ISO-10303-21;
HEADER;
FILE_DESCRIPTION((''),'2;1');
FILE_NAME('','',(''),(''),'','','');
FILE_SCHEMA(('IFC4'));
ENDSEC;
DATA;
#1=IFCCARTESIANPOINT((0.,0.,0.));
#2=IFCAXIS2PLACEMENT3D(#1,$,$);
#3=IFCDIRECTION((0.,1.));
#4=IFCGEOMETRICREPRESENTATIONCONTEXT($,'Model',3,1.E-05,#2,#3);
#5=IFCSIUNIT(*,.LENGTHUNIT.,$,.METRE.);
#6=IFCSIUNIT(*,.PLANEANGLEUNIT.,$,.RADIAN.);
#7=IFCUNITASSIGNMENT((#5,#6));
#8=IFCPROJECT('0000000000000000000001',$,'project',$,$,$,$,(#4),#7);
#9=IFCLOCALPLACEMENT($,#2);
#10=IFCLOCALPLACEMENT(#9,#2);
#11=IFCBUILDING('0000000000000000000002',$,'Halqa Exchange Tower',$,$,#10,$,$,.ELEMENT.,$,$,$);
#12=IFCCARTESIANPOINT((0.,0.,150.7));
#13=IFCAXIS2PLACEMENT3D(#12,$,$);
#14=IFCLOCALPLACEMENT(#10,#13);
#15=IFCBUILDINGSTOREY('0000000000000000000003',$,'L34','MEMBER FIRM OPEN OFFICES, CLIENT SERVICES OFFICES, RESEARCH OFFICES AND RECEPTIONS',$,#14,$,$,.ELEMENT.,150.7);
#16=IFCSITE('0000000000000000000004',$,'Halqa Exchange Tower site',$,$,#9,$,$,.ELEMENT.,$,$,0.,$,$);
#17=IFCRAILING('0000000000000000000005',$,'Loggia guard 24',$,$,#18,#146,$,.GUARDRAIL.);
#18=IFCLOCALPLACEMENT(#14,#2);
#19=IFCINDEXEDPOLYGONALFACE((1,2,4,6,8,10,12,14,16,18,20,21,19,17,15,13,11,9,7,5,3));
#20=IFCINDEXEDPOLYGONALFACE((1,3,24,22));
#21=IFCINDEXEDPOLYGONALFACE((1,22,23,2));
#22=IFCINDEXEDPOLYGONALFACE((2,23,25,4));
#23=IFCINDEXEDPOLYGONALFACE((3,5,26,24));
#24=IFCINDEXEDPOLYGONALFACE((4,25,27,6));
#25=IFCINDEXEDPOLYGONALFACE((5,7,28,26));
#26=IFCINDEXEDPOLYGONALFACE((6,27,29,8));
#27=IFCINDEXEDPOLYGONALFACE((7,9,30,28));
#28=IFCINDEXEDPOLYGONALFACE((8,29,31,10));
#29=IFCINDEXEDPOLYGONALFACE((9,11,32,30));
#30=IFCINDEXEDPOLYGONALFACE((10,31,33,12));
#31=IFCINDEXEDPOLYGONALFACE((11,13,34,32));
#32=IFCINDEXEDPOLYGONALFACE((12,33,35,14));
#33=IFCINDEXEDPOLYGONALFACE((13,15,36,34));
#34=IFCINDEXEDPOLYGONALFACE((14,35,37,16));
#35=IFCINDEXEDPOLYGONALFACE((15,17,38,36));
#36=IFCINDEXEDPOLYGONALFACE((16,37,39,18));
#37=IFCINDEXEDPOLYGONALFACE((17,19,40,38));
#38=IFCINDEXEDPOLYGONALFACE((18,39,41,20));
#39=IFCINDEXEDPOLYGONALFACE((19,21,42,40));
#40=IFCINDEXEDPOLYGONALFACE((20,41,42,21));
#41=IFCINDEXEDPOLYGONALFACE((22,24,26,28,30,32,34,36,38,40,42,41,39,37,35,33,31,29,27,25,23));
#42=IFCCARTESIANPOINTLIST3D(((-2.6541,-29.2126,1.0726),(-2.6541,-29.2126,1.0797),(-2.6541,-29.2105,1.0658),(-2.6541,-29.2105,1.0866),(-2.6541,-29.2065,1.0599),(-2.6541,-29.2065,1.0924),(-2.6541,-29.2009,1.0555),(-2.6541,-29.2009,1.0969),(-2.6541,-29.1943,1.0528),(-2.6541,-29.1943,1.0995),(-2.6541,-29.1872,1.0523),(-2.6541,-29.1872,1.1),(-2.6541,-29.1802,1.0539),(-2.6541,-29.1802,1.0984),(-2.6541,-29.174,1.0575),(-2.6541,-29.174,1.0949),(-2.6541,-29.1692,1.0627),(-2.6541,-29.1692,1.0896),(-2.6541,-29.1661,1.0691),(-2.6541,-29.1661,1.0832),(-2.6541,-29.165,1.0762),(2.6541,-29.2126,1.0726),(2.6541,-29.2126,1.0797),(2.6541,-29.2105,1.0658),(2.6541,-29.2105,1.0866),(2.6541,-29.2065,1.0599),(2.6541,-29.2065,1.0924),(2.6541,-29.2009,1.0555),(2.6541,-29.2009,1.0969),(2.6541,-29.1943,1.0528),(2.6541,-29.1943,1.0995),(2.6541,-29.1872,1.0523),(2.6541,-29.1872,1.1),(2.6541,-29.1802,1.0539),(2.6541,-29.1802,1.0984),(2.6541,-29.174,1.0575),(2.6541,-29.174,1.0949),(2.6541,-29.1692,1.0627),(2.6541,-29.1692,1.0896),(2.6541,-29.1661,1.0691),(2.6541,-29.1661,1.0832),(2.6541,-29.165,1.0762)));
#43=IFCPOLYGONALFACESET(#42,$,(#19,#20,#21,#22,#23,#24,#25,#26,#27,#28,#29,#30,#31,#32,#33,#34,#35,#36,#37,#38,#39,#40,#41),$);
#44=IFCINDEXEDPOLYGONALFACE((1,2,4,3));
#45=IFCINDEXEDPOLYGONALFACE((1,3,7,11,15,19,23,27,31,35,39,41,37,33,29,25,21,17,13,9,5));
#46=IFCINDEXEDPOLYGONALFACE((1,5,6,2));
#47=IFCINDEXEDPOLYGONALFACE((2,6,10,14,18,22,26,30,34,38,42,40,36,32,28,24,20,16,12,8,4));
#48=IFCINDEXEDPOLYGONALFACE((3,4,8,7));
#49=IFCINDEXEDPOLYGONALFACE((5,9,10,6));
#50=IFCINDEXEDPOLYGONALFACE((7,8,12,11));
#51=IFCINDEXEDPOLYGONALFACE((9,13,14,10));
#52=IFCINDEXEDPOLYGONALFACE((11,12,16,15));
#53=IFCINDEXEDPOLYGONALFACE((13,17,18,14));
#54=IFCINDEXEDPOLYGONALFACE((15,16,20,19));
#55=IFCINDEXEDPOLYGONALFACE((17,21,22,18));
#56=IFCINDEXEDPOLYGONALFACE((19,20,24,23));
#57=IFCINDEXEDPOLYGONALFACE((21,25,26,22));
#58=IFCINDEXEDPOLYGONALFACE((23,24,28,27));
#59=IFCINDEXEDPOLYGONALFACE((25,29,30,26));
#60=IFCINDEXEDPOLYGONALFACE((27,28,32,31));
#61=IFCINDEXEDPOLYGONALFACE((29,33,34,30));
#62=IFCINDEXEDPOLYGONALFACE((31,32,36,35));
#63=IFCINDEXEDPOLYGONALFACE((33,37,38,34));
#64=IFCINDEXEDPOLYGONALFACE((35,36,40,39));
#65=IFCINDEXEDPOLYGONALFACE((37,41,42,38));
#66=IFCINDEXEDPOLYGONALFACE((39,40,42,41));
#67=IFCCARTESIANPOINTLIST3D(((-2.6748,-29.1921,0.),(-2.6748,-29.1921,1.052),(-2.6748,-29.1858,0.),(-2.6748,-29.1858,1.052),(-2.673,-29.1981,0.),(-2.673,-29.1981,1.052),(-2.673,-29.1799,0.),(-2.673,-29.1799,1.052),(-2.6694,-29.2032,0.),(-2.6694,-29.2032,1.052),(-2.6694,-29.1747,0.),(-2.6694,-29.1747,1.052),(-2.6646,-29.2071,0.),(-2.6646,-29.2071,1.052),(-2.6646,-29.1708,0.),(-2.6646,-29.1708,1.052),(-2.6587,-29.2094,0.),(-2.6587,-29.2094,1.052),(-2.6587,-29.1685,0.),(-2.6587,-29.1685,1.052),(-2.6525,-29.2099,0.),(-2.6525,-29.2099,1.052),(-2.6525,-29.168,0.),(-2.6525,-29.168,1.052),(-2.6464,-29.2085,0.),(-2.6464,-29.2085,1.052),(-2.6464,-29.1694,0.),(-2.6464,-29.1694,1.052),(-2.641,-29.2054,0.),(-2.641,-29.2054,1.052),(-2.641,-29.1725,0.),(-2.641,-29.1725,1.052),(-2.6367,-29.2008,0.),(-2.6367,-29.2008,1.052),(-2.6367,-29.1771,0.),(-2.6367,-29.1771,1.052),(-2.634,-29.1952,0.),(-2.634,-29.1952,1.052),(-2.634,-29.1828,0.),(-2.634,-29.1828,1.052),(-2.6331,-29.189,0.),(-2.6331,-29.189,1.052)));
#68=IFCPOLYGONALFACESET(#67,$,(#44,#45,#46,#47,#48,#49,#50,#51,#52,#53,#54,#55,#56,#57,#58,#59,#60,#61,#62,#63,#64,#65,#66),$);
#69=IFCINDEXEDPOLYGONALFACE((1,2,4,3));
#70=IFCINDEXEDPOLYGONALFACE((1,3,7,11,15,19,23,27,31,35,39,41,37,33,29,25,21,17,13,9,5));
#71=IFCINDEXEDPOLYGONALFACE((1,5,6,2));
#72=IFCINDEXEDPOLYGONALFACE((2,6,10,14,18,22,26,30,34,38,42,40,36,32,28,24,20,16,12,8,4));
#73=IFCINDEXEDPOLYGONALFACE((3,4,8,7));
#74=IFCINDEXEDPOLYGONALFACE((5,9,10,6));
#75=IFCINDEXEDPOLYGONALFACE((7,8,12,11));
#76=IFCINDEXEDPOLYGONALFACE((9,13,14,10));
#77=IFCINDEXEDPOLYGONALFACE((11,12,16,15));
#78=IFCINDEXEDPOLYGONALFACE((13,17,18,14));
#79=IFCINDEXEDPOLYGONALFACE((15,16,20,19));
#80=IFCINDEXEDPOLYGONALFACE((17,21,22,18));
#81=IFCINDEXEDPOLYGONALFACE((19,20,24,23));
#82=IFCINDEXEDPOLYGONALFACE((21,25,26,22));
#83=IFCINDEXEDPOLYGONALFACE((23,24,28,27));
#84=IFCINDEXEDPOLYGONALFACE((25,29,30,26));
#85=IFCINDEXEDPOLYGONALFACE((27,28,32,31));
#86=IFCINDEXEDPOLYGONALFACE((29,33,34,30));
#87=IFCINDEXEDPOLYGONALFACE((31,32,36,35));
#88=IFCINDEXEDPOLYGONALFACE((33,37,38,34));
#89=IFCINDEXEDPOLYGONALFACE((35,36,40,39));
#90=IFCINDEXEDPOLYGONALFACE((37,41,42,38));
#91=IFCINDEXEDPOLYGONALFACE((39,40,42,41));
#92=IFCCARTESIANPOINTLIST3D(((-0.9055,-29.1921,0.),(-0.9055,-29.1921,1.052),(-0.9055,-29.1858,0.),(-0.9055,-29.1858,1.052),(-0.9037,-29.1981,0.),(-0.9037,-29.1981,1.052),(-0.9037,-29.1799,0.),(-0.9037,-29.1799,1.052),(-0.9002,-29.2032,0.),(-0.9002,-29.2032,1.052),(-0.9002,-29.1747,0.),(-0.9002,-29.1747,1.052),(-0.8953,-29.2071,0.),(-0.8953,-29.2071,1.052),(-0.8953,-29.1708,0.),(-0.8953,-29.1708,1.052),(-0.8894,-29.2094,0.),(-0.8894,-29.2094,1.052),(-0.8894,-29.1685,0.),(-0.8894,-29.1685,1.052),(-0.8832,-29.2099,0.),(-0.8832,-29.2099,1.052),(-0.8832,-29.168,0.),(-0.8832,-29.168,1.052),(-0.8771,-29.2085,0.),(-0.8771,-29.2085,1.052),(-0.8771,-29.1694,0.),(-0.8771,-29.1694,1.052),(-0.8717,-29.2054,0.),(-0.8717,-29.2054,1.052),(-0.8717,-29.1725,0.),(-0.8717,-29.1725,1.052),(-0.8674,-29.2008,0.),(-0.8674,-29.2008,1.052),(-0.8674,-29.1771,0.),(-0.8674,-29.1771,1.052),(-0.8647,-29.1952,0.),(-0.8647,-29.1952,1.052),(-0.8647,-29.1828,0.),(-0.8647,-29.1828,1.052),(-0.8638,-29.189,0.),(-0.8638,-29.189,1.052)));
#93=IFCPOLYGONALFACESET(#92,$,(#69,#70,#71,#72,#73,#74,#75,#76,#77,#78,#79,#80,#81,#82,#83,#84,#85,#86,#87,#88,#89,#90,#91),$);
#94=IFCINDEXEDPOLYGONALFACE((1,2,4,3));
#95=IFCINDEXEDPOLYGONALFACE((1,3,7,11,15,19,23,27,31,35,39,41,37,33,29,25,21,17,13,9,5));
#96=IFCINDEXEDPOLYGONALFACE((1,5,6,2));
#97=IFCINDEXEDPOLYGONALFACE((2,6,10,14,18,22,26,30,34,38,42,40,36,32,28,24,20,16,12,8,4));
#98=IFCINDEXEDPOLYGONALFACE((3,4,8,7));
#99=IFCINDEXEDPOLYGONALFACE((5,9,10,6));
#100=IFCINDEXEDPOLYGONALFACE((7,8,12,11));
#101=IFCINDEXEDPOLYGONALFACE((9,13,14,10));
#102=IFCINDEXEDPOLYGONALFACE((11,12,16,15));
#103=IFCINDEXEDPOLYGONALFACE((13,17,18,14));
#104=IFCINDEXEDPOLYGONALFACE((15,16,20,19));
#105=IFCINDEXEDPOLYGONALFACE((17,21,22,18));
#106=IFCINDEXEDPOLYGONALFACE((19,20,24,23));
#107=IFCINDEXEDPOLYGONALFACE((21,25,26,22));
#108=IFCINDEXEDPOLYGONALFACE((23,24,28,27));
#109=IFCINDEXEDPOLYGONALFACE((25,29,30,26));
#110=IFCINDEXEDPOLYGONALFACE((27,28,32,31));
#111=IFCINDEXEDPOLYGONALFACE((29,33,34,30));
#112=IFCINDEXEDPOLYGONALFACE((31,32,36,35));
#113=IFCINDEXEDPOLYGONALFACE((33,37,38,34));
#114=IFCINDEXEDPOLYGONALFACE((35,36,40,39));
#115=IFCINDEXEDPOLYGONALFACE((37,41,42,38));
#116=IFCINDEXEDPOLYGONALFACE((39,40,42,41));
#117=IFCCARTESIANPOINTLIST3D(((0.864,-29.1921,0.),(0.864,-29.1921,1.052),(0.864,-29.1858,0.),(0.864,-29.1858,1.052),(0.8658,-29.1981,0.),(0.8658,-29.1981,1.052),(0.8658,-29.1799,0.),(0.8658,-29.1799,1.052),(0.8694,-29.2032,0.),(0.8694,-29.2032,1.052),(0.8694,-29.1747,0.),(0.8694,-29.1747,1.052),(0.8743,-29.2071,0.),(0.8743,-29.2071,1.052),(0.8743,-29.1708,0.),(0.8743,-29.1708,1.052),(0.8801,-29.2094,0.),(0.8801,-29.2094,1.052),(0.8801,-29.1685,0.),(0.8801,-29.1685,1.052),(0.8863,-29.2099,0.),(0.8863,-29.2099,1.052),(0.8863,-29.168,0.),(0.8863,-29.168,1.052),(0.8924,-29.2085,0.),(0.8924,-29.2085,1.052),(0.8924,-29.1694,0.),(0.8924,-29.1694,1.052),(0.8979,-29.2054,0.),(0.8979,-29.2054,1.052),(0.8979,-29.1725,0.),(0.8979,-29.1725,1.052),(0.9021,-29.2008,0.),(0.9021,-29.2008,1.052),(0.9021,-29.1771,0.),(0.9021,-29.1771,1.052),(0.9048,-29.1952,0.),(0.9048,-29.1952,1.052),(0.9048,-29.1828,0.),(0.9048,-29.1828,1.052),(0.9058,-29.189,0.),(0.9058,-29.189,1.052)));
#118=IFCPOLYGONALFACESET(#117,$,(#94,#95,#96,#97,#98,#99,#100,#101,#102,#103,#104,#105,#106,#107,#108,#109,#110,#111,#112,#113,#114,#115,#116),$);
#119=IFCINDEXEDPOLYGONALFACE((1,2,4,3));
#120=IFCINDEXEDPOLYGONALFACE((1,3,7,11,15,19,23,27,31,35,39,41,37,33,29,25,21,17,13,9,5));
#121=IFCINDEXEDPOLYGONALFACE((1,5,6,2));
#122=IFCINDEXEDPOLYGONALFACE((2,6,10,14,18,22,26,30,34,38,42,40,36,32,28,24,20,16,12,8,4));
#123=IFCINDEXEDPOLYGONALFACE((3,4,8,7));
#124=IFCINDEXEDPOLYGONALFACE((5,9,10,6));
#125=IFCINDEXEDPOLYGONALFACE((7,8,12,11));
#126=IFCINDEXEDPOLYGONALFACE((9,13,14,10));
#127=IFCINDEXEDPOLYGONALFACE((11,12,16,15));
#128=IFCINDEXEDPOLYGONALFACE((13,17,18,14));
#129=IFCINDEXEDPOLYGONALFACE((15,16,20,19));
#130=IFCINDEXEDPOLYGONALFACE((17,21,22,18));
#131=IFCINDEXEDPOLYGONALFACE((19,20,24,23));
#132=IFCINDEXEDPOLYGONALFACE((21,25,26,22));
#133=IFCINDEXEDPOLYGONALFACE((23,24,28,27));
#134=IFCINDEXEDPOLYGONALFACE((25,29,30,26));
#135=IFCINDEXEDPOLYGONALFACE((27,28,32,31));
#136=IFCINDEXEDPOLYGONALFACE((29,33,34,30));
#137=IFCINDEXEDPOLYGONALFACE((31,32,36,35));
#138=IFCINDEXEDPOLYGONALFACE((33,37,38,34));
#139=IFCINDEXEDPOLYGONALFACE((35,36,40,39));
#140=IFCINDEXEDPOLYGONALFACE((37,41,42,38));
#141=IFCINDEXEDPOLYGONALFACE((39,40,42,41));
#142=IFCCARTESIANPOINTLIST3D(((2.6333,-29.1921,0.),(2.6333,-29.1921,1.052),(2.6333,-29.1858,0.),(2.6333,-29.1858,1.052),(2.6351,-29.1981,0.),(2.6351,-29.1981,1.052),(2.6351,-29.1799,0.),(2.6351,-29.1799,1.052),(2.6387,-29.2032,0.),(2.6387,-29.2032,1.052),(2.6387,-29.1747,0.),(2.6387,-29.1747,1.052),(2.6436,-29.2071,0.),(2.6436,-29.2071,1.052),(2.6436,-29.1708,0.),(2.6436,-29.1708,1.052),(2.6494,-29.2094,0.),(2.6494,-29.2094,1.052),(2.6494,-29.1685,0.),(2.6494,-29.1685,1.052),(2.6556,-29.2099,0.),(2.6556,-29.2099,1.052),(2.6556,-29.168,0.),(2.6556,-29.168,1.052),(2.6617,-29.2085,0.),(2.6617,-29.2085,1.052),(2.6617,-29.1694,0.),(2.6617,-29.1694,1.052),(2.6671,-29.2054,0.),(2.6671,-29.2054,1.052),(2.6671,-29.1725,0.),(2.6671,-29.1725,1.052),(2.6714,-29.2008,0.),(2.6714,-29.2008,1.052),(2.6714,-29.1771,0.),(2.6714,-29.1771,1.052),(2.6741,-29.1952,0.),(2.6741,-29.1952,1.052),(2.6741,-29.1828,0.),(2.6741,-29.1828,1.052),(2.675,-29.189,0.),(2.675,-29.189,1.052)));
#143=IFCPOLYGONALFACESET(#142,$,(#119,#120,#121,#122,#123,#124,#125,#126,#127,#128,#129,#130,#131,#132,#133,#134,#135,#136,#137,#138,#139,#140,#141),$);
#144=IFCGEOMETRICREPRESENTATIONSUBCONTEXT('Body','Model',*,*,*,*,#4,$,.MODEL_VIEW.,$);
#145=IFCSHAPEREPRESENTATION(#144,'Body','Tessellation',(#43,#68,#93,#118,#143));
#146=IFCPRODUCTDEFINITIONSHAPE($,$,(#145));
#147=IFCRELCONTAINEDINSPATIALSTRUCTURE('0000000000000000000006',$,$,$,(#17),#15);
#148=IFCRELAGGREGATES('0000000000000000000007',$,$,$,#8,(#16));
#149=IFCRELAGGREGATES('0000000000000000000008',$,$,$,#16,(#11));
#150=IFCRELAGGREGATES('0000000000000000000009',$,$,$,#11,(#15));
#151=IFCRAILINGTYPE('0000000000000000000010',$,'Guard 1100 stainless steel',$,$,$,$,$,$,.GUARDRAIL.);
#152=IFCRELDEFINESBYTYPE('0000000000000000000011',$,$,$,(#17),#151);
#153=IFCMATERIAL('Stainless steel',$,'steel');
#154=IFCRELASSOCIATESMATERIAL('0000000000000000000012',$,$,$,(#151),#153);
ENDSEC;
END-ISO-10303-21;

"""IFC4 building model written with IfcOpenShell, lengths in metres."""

from ifc_helpers import new_model, si_unit, direction, frame, origin, origin_2d, place, context, subcontext, project, spatial, circle, extrude, material, type_object, element, save


model = new_model("IFC4")

# Units and contexts
model_context = context("Model", 3, precision=1e-05, world=origin(), true_north=direction((0.0, 1.0)))
body_context = subcontext(model_context, "Body", "Model", "MODEL_VIEW")
ifc_project = project(units=[si_unit("LENGTHUNIT", "METRE"), si_unit("PLANEANGLEUNIT", "RADIAN")], contexts=[model_context])

# Site, building, storey
site_placement = place(None, origin())
site = spatial("IfcSite", under=ifc_project, at=site_placement, Name="Halqa Exchange Tower site", CompositionType="ELEMENT", RefElevation=0.0)
building_placement = place(site_placement, origin())
building = spatial("IfcBuilding", under=site, at=building_placement, Name="Halqa Exchange Tower", CompositionType="ELEMENT")
storey_placement = place(building_placement, frame((0.0, 0.0, 150.7)))
storey = spatial("IfcBuildingStorey", under=building, at=storey_placement, Name="L34", Description="MEMBER FIRM OPEN OFFICES, CLIENT SERVICES OFFICES, RESEARCH OFFICES AND RECEPTIONS", CompositionType="ELEMENT", Elevation=150.7)

# Railing
ifc_material_1 = material(Name="Stainless steel", Category="steel")
railing_type = type_object("IfcRailingType", Name="Guard 1100 stainless steel", PredefinedType="GUARDRAIL", material=ifc_material_1)
railing_1_placement = place(storey_placement, frame((-2.6541, -29.189, 0.0)))
element("IfcRailing", 1, at=railing_1_placement, inside=storey, type_object=railing_type, Name="Loggia guard 24", PredefinedType="GUARDRAIL", context=body_context, shape_type="SweptSolid", body=[
    extrude(circle(Radius=0.0239, at=origin_2d()), frame((0.0, 0.0, 1.0762), z_axis=(1.0, 0.0, 0.0), x_axis=(0.0, 1.0, 0.0)), (0.0, 0.0, 1.0), 5.3081),
    extrude(circle(Radius=0.021, at=origin_2d()), origin(), (0.0, 0.0, 1.0), 1.052),
    extrude(circle(Radius=0.021, at=origin_2d()), frame((1.7693, 0.0, 0.0)), (0.0, 0.0, 1.0), 1.052),
    extrude(circle(Radius=0.021, at=origin_2d()), frame((3.5388, 0.0, 0.0)), (0.0, 0.0, 1.0), 1.052),
    extrude(circle(Radius=0.021, at=origin_2d()), frame((5.3081, 0.0, 0.0)), (0.0, 0.0, 1.0), 1.052),
])

save(model, "model.ifc")
